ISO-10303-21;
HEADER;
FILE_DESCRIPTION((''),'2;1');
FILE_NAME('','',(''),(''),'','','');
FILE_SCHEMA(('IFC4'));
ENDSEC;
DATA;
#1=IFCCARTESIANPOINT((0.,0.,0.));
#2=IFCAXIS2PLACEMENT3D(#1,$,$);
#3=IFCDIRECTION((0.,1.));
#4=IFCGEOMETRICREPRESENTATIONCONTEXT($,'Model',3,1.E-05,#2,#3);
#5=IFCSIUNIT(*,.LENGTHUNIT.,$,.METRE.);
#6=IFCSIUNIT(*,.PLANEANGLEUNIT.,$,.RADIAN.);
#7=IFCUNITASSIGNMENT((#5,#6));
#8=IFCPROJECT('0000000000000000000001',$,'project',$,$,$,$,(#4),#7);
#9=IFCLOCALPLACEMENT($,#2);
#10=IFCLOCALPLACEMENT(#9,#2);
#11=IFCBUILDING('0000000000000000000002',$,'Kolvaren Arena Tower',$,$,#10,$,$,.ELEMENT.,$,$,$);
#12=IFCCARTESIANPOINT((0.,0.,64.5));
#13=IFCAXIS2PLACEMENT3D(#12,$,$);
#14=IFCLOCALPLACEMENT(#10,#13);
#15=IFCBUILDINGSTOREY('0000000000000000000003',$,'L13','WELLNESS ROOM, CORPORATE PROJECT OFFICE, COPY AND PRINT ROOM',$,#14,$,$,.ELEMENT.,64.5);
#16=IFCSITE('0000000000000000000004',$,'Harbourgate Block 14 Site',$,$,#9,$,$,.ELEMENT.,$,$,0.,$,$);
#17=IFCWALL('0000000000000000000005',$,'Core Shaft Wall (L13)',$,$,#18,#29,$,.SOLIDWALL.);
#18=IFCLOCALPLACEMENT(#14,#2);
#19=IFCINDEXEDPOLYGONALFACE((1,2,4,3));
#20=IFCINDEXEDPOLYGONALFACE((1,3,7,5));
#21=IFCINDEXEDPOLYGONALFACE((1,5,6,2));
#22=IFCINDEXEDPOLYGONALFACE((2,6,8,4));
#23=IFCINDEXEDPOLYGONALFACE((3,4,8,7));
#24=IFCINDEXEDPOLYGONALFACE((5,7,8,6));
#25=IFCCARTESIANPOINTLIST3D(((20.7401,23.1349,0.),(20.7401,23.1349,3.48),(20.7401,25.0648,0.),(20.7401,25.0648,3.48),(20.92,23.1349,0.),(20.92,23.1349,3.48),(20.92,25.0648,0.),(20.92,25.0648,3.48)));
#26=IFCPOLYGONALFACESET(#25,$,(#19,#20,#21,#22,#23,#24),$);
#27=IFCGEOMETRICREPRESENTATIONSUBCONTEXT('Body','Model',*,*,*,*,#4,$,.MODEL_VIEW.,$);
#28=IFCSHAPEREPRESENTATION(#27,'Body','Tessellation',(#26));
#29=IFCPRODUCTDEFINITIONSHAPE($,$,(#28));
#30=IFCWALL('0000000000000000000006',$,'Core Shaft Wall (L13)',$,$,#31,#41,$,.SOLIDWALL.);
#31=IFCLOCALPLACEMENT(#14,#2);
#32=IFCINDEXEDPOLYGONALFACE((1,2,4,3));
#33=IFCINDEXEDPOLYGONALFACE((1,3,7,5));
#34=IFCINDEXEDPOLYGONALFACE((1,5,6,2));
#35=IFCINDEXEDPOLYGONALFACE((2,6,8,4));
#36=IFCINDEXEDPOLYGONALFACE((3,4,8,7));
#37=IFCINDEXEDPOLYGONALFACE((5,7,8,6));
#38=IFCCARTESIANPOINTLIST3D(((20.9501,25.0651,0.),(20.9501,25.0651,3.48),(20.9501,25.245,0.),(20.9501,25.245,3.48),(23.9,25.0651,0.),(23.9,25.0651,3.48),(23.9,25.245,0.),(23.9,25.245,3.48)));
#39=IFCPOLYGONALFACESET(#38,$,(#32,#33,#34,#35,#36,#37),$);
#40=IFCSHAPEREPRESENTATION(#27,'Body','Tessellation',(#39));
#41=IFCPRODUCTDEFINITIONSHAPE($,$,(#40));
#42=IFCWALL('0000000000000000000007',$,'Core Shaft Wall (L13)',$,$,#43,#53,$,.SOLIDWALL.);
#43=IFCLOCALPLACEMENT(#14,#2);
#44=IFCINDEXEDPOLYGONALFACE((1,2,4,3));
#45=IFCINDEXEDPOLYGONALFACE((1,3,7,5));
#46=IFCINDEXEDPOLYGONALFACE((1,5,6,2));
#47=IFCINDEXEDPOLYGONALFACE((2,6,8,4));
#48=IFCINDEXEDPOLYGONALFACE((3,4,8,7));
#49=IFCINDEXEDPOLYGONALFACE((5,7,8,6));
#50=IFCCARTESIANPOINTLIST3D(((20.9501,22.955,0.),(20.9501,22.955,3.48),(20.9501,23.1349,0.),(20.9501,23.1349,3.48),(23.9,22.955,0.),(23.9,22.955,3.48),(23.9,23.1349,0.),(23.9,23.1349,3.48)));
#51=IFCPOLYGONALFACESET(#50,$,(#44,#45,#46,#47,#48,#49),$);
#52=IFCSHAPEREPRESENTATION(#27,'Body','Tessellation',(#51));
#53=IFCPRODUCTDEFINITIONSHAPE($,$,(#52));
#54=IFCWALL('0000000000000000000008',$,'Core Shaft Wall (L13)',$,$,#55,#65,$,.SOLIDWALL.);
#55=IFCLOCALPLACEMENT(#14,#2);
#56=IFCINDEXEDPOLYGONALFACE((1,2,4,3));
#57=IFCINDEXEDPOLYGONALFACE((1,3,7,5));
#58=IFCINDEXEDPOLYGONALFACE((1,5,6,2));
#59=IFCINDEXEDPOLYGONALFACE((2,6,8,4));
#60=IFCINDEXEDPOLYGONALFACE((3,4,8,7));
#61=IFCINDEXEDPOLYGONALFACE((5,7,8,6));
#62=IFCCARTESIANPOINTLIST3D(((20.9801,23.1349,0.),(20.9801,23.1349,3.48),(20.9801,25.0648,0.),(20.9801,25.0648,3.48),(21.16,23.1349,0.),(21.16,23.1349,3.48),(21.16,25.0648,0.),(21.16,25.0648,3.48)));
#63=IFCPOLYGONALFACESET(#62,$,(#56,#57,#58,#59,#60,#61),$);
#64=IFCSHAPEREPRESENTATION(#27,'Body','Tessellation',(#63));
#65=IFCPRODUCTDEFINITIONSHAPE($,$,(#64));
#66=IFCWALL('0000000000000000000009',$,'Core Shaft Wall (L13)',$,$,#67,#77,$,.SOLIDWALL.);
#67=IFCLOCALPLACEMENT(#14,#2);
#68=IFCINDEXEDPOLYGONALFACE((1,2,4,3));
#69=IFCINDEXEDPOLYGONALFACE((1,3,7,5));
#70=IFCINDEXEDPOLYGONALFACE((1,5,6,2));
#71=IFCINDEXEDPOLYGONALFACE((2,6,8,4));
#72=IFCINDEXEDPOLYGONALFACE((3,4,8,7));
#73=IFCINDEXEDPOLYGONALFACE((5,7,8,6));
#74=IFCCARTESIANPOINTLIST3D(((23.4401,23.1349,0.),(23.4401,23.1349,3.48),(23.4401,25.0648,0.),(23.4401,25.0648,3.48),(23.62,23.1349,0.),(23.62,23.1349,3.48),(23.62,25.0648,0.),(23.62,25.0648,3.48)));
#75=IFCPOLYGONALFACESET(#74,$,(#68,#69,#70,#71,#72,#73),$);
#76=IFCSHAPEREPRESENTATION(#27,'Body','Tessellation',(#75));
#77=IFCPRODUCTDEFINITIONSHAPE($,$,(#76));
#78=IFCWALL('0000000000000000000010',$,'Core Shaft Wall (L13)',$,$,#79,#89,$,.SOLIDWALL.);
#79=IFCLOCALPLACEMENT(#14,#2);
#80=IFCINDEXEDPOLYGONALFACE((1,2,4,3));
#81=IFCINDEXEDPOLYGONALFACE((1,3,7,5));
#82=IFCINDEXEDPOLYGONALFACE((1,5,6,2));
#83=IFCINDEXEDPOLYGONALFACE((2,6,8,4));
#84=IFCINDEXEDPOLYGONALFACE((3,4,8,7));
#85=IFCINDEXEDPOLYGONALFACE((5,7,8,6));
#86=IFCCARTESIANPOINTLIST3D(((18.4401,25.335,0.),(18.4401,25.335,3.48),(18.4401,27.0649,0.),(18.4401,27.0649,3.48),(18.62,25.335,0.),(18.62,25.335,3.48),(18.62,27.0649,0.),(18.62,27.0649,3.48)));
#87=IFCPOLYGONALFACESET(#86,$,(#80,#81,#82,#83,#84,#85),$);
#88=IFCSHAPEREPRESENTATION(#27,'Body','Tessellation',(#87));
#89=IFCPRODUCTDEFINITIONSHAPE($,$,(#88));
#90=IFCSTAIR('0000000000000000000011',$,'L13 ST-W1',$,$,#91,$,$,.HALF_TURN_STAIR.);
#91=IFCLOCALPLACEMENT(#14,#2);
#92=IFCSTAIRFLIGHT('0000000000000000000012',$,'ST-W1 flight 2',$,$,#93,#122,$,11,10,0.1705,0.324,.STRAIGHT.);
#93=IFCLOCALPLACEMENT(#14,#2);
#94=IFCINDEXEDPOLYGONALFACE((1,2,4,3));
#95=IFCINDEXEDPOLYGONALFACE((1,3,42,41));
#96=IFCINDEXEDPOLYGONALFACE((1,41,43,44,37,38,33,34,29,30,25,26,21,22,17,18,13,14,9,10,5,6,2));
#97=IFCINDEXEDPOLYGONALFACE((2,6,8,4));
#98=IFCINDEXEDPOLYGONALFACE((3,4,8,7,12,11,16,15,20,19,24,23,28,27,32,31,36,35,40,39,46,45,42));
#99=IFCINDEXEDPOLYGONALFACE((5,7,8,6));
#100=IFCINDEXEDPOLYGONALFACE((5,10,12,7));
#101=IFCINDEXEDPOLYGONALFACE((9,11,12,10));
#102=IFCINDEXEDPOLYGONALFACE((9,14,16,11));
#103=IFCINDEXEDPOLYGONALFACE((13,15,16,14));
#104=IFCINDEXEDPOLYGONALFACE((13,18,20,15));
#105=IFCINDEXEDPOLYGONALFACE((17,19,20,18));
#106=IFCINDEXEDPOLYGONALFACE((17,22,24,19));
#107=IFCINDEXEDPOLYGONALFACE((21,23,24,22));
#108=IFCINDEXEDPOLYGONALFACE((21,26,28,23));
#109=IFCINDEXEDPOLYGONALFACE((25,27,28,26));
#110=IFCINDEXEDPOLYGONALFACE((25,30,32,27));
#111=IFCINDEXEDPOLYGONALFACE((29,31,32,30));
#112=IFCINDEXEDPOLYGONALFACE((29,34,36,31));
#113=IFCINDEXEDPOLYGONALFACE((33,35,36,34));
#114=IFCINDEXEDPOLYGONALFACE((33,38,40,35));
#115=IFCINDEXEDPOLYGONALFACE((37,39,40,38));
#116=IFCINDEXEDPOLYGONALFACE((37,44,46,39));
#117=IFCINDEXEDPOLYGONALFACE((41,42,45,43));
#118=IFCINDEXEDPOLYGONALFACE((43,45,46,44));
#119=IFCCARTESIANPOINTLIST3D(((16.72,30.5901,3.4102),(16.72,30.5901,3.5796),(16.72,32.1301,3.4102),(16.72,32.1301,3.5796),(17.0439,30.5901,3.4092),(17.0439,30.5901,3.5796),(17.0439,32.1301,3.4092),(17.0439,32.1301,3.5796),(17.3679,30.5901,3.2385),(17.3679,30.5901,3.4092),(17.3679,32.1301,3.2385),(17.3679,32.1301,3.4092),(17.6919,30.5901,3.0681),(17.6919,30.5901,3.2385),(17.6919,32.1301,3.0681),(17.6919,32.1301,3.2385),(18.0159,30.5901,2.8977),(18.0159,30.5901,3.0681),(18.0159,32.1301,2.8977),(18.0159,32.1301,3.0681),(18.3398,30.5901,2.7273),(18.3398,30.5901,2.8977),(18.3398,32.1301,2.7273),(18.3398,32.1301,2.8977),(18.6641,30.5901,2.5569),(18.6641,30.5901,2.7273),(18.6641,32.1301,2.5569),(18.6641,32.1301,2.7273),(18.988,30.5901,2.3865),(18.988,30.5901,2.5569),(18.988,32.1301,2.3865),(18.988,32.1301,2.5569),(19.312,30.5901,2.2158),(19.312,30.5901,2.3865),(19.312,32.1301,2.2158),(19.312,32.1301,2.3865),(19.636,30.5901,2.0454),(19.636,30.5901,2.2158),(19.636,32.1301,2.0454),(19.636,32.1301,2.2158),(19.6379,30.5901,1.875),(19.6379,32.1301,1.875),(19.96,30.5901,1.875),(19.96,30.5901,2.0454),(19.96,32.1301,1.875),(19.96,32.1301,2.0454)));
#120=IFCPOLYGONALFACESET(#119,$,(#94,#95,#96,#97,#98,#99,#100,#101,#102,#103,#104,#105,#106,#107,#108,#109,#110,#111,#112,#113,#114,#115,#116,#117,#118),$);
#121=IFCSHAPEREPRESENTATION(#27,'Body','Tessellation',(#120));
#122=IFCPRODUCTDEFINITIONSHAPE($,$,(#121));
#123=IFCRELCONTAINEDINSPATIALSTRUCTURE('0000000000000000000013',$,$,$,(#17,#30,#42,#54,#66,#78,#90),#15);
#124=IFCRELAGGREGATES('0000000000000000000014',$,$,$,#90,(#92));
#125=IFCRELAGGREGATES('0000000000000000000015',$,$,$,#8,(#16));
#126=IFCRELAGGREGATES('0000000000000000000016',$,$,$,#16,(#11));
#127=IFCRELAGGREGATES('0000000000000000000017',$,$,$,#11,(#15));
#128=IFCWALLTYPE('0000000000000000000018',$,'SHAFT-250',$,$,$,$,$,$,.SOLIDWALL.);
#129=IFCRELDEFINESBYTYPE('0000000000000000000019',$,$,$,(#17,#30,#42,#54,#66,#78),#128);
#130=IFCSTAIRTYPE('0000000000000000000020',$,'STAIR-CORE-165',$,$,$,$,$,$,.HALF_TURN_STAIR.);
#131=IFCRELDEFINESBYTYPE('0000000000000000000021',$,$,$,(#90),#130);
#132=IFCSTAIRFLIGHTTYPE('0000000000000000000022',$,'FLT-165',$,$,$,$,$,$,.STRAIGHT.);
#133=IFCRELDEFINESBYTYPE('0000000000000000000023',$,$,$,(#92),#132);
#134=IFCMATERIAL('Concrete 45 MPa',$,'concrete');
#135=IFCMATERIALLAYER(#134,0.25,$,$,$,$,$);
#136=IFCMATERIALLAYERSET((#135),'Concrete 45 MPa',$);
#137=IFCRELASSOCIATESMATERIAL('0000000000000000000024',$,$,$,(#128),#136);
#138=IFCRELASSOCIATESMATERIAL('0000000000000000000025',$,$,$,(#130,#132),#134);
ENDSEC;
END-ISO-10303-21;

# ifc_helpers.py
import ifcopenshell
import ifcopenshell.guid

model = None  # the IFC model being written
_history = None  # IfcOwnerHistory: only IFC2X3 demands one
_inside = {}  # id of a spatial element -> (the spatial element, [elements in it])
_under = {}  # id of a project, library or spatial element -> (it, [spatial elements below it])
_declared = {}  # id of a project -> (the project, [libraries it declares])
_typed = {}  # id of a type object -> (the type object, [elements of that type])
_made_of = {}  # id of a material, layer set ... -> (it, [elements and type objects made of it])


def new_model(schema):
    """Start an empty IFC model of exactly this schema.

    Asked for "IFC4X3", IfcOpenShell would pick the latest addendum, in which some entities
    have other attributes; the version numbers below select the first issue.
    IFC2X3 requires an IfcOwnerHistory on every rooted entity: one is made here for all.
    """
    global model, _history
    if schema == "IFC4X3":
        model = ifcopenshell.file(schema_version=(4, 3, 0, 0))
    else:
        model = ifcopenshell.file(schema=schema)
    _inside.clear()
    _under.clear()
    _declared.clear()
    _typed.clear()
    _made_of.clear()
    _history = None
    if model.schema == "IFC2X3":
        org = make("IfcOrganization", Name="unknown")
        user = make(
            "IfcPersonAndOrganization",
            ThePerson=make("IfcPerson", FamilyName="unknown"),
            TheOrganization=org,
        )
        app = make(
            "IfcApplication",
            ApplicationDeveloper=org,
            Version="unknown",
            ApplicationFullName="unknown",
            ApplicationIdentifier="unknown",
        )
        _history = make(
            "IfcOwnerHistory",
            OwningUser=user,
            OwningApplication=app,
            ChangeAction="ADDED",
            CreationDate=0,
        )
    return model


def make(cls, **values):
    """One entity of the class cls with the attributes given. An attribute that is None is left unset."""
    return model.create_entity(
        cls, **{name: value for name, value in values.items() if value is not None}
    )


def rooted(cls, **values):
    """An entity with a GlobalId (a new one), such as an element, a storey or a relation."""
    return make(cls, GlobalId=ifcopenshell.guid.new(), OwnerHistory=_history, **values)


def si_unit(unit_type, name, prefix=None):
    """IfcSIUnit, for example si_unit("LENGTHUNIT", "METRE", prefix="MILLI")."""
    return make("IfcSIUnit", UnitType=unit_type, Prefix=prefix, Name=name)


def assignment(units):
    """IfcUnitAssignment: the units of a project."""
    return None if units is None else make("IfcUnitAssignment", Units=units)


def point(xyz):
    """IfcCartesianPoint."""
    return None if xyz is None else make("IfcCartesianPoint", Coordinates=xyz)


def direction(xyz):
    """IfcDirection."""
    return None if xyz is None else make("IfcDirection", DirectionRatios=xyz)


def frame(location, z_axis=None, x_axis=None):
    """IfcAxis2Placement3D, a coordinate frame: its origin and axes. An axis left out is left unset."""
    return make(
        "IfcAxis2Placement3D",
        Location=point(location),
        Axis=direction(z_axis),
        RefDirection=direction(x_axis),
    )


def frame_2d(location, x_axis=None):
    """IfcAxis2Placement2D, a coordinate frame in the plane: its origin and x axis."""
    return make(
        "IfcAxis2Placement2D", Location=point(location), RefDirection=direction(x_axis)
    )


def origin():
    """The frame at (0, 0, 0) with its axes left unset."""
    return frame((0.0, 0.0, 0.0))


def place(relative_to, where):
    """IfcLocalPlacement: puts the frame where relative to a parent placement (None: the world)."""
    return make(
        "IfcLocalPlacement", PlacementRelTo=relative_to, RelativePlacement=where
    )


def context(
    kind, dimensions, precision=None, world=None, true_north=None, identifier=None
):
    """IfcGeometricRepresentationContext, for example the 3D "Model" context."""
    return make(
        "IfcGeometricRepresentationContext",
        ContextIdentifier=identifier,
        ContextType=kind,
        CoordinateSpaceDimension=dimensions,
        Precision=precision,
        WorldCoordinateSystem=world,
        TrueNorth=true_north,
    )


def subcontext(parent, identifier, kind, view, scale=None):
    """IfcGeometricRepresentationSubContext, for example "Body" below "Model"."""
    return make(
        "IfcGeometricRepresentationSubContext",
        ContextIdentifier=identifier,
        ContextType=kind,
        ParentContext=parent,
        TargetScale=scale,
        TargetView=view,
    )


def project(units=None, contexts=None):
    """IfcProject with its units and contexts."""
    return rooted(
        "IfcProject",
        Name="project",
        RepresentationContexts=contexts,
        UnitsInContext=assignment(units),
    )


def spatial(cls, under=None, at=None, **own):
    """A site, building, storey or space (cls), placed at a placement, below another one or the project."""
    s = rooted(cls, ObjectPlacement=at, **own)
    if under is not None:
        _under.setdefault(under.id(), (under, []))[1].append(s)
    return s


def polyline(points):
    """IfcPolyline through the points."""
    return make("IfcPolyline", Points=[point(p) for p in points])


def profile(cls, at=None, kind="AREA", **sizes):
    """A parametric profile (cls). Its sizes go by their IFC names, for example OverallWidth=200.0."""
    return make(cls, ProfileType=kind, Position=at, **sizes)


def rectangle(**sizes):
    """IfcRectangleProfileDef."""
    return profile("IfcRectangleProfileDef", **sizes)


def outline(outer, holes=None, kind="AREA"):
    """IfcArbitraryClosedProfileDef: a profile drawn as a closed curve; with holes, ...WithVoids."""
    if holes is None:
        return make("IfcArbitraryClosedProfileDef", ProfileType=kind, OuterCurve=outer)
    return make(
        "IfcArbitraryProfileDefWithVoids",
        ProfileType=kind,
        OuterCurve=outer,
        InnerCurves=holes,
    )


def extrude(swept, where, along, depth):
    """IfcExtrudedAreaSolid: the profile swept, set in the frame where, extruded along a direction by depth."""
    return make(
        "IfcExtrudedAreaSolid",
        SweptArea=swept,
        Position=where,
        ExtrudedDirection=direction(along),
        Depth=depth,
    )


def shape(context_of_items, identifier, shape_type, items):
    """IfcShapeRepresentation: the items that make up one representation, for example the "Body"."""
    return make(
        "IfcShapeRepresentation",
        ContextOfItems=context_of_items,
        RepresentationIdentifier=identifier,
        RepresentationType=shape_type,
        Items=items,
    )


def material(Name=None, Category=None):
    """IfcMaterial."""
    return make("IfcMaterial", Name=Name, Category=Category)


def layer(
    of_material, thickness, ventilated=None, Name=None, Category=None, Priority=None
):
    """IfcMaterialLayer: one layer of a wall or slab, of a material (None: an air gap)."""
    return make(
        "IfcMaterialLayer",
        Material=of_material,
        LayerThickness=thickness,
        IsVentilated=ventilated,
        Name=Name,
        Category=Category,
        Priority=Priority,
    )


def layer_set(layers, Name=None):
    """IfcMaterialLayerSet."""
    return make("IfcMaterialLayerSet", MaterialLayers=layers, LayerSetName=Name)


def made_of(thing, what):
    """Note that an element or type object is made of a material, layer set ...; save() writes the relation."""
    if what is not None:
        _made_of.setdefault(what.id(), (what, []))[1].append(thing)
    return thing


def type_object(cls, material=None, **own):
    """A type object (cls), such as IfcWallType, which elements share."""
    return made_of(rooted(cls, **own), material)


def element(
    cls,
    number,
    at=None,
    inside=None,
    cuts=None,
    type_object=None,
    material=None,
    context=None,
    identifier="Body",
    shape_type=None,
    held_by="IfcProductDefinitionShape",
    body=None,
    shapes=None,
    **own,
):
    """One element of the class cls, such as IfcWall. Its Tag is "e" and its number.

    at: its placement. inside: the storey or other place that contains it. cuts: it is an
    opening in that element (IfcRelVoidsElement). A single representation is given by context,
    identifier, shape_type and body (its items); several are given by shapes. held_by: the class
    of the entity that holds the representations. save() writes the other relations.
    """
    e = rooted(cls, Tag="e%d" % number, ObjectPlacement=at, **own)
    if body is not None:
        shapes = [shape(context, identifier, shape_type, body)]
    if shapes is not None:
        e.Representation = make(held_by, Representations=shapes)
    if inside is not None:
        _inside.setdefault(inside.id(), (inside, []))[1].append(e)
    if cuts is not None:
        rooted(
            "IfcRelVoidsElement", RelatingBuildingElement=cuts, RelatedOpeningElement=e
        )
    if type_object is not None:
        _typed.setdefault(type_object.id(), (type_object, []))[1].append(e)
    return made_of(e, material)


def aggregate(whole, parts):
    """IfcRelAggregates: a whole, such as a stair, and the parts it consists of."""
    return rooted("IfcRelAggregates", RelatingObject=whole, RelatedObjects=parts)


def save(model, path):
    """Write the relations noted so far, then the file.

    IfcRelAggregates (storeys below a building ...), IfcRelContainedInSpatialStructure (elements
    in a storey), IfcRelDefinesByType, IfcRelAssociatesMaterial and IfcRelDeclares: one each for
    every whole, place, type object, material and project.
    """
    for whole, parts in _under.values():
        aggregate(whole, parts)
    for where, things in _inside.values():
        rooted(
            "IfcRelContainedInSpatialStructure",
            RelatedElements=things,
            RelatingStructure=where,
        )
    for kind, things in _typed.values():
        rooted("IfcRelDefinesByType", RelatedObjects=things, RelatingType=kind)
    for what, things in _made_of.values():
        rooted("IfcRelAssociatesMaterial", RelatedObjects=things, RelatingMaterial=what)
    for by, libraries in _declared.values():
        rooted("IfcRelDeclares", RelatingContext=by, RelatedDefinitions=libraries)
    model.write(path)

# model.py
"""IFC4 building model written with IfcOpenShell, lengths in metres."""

from ifc_helpers import new_model, si_unit, direction, frame, frame_2d, origin, place, context, subcontext, project, spatial, polyline, rectangle, outline, extrude, material, layer, layer_set, type_object, element, aggregate, save


model = new_model("IFC4")

# Units and contexts
model_context = context("Model", 3, precision=1e-05, world=origin(), true_north=direction((0.0, 1.0)))
body_context = subcontext(model_context, "Body", "Model", "MODEL_VIEW")
ifc_project = project(units=[si_unit("LENGTHUNIT", "METRE"), si_unit("PLANEANGLEUNIT", "RADIAN")], contexts=[model_context])

# Site, building, storey
site_placement = place(None, origin())
site = spatial("IfcSite", under=ifc_project, at=site_placement, Name="Harbourgate Block 14 Site", CompositionType="ELEMENT", RefElevation=0.0)
building_placement = place(site_placement, origin())
building = spatial("IfcBuilding", under=site, at=building_placement, Name="Kolvaren Arena Tower", CompositionType="ELEMENT")
storey_placement = place(building_placement, frame((0.0, 0.0, 64.5)))
storey = spatial("IfcBuildingStorey", under=building, at=storey_placement, Name="L13", Description="WELLNESS ROOM, CORPORATE PROJECT OFFICE, COPY AND PRINT ROOM", CompositionType="ELEMENT", Elevation=64.5)

# Shared definitions
ifc_material_1 = material(Name="Concrete 45 MPa", Category="concrete")
ifc_layer = layer(ifc_material_1, 0.25)
ifc_layer_set = layer_set([ifc_layer], Name="Concrete 45 MPa")
wall_type = type_object("IfcWallType", Name="SHAFT-250", PredefinedType="SOLIDWALL", material=ifc_layer_set)

# Walls
for number, where, z_axis, x_axis, name in (
    (1, (20.8301, 23.135, 0.0), (0.0, 0.0, 1.0), (0.0, 1.0, 0.0), "Core Shaft Wall (L13)"),
):
    element("IfcWall", number, at=place(storey_placement, frame(where, z_axis=z_axis, x_axis=x_axis)), inside=storey, type_object=wall_type, Name=name, PredefinedType="SOLIDWALL", context=body_context, shape_type="SweptSolid", body=[
        extrude(rectangle(XDim=1.9299, YDim=0.1799, at=frame_2d((0.9648, 0.0))), origin(), (0.0, 0.0, 1.0), 3.48),
    ])
for number, where, z_axis, x_axis, name in (
    (2, (20.95, 25.155, 0.0), (0.0, 0.0, 1.0), (1.0, 0.0, 0.0), "Core Shaft Wall (L13)"),
    (3, (20.95, 23.0449, 0.0), (0.0, 0.0, 1.0), (1.0, 0.0, 0.0), "Core Shaft Wall (L13)"),
):
    element("IfcWall", number, at=place(storey_placement, frame(where, z_axis=z_axis, x_axis=x_axis)), inside=storey, type_object=wall_type, Name=name, PredefinedType="SOLIDWALL", context=body_context, shape_type="SweptSolid", body=[
        extrude(rectangle(XDim=2.95, YDim=0.1799, at=frame_2d((1.4751, 0.0))), origin(), (0.0, 0.0, 1.0), 3.48),
    ])
for number, where, z_axis, x_axis, name in (
    (4, (21.0701, 23.135, 0.0), (0.0, 0.0, 1.0), (0.0, 1.0, 0.0), "Core Shaft Wall (L13)"),
    (5, (23.53, 23.135, 0.0), (0.0, 0.0, 1.0), (0.0, 1.0, 0.0), "Core Shaft Wall (L13)"),
):
    element("IfcWall", number, at=place(storey_placement, frame(where, z_axis=z_axis, x_axis=x_axis)), inside=storey, type_object=wall_type, Name=name, PredefinedType="SOLIDWALL", context=body_context, shape_type="SweptSolid", body=[
        extrude(rectangle(XDim=1.9299, YDim=0.1799, at=frame_2d((0.9648, 0.0))), origin(), (0.0, 0.0, 1.0), 3.48),
    ])
wall_1_placement = place(storey_placement, frame((18.53, 25.335, 0.0), z_axis=(0.0, 0.0, 1.0), x_axis=(0.0, 1.0, 0.0)))
element("IfcWall", 6, at=wall_1_placement, inside=storey, type_object=wall_type, Name="Core Shaft Wall (L13)", PredefinedType="SOLIDWALL", context=body_context, shape_type="SweptSolid", body=[
    extrude(rectangle(XDim=1.73, YDim=0.1799, at=frame_2d((0.865, 0.0))), origin(), (0.0, 0.0, 1.0), 3.48),
])

# Stair, stair flight
stair_type = type_object("IfcStairType", Name="STAIR-CORE-165", PredefinedType="HALF_TURN_STAIR", material=ifc_material_1)
stair_placement = place(storey_placement, origin())
stair = element("IfcStair", 7, at=stair_placement, inside=storey, type_object=stair_type, Name="L13 ST-W1", PredefinedType="HALF_TURN_STAIR")
stair_flight_type = type_object("IfcStairFlightType", Name="FLT-165", PredefinedType="STRAIGHT", material=ifc_material_1)
stair_flight_placement = place(storey_placement, frame((19.96, 31.3601, 1.875), z_axis=(0.0, 0.0, 1.0), x_axis=(-1.0, 0.0, 0.0)))
stair_flight = element("IfcStairFlight", 8, at=stair_flight_placement, type_object=stair_flight_type, Name="ST-W1 flight 2", NumberOfRisers=11, NumberOfTreads=10, PredefinedType="STRAIGHT", RiserHeight=0.1705, TreadLength=0.324, context=body_context, shape_type="SweptSolid", body=[
    extrude(outline(polyline([(0.0, 0.0), (0.0, 0.1704), (0.324, 0.1704), (0.324, 0.3408), (0.6479, 0.3408), (0.6479, 0.5115), (0.9719, 0.5115), (0.9719, 0.6819), (1.2959, 0.6819), (1.2959, 0.8523), (1.6201, 0.8523), (1.6201, 1.0227), (1.9441, 1.0227), (1.9441, 1.1931), (2.2681, 1.1931), (2.2681, 1.3635), (2.592, 1.3635), (2.592, 1.5342), (2.916, 1.5342), (2.916, 1.7046), (3.24, 1.7046), (3.24, 1.875), (3.24, 1.5352), (0.322, 0.0), (0.0, 0.0)])), frame((0.0, 0.77, 0.0), z_axis=(0.0, -1.0, 0.0), x_axis=(1.0, 0.0, 0.0)), (0.0, 0.0, 1.0), 1.54),
])
aggregate(stair, [stair_flight])

save(model, "model.ifc")
